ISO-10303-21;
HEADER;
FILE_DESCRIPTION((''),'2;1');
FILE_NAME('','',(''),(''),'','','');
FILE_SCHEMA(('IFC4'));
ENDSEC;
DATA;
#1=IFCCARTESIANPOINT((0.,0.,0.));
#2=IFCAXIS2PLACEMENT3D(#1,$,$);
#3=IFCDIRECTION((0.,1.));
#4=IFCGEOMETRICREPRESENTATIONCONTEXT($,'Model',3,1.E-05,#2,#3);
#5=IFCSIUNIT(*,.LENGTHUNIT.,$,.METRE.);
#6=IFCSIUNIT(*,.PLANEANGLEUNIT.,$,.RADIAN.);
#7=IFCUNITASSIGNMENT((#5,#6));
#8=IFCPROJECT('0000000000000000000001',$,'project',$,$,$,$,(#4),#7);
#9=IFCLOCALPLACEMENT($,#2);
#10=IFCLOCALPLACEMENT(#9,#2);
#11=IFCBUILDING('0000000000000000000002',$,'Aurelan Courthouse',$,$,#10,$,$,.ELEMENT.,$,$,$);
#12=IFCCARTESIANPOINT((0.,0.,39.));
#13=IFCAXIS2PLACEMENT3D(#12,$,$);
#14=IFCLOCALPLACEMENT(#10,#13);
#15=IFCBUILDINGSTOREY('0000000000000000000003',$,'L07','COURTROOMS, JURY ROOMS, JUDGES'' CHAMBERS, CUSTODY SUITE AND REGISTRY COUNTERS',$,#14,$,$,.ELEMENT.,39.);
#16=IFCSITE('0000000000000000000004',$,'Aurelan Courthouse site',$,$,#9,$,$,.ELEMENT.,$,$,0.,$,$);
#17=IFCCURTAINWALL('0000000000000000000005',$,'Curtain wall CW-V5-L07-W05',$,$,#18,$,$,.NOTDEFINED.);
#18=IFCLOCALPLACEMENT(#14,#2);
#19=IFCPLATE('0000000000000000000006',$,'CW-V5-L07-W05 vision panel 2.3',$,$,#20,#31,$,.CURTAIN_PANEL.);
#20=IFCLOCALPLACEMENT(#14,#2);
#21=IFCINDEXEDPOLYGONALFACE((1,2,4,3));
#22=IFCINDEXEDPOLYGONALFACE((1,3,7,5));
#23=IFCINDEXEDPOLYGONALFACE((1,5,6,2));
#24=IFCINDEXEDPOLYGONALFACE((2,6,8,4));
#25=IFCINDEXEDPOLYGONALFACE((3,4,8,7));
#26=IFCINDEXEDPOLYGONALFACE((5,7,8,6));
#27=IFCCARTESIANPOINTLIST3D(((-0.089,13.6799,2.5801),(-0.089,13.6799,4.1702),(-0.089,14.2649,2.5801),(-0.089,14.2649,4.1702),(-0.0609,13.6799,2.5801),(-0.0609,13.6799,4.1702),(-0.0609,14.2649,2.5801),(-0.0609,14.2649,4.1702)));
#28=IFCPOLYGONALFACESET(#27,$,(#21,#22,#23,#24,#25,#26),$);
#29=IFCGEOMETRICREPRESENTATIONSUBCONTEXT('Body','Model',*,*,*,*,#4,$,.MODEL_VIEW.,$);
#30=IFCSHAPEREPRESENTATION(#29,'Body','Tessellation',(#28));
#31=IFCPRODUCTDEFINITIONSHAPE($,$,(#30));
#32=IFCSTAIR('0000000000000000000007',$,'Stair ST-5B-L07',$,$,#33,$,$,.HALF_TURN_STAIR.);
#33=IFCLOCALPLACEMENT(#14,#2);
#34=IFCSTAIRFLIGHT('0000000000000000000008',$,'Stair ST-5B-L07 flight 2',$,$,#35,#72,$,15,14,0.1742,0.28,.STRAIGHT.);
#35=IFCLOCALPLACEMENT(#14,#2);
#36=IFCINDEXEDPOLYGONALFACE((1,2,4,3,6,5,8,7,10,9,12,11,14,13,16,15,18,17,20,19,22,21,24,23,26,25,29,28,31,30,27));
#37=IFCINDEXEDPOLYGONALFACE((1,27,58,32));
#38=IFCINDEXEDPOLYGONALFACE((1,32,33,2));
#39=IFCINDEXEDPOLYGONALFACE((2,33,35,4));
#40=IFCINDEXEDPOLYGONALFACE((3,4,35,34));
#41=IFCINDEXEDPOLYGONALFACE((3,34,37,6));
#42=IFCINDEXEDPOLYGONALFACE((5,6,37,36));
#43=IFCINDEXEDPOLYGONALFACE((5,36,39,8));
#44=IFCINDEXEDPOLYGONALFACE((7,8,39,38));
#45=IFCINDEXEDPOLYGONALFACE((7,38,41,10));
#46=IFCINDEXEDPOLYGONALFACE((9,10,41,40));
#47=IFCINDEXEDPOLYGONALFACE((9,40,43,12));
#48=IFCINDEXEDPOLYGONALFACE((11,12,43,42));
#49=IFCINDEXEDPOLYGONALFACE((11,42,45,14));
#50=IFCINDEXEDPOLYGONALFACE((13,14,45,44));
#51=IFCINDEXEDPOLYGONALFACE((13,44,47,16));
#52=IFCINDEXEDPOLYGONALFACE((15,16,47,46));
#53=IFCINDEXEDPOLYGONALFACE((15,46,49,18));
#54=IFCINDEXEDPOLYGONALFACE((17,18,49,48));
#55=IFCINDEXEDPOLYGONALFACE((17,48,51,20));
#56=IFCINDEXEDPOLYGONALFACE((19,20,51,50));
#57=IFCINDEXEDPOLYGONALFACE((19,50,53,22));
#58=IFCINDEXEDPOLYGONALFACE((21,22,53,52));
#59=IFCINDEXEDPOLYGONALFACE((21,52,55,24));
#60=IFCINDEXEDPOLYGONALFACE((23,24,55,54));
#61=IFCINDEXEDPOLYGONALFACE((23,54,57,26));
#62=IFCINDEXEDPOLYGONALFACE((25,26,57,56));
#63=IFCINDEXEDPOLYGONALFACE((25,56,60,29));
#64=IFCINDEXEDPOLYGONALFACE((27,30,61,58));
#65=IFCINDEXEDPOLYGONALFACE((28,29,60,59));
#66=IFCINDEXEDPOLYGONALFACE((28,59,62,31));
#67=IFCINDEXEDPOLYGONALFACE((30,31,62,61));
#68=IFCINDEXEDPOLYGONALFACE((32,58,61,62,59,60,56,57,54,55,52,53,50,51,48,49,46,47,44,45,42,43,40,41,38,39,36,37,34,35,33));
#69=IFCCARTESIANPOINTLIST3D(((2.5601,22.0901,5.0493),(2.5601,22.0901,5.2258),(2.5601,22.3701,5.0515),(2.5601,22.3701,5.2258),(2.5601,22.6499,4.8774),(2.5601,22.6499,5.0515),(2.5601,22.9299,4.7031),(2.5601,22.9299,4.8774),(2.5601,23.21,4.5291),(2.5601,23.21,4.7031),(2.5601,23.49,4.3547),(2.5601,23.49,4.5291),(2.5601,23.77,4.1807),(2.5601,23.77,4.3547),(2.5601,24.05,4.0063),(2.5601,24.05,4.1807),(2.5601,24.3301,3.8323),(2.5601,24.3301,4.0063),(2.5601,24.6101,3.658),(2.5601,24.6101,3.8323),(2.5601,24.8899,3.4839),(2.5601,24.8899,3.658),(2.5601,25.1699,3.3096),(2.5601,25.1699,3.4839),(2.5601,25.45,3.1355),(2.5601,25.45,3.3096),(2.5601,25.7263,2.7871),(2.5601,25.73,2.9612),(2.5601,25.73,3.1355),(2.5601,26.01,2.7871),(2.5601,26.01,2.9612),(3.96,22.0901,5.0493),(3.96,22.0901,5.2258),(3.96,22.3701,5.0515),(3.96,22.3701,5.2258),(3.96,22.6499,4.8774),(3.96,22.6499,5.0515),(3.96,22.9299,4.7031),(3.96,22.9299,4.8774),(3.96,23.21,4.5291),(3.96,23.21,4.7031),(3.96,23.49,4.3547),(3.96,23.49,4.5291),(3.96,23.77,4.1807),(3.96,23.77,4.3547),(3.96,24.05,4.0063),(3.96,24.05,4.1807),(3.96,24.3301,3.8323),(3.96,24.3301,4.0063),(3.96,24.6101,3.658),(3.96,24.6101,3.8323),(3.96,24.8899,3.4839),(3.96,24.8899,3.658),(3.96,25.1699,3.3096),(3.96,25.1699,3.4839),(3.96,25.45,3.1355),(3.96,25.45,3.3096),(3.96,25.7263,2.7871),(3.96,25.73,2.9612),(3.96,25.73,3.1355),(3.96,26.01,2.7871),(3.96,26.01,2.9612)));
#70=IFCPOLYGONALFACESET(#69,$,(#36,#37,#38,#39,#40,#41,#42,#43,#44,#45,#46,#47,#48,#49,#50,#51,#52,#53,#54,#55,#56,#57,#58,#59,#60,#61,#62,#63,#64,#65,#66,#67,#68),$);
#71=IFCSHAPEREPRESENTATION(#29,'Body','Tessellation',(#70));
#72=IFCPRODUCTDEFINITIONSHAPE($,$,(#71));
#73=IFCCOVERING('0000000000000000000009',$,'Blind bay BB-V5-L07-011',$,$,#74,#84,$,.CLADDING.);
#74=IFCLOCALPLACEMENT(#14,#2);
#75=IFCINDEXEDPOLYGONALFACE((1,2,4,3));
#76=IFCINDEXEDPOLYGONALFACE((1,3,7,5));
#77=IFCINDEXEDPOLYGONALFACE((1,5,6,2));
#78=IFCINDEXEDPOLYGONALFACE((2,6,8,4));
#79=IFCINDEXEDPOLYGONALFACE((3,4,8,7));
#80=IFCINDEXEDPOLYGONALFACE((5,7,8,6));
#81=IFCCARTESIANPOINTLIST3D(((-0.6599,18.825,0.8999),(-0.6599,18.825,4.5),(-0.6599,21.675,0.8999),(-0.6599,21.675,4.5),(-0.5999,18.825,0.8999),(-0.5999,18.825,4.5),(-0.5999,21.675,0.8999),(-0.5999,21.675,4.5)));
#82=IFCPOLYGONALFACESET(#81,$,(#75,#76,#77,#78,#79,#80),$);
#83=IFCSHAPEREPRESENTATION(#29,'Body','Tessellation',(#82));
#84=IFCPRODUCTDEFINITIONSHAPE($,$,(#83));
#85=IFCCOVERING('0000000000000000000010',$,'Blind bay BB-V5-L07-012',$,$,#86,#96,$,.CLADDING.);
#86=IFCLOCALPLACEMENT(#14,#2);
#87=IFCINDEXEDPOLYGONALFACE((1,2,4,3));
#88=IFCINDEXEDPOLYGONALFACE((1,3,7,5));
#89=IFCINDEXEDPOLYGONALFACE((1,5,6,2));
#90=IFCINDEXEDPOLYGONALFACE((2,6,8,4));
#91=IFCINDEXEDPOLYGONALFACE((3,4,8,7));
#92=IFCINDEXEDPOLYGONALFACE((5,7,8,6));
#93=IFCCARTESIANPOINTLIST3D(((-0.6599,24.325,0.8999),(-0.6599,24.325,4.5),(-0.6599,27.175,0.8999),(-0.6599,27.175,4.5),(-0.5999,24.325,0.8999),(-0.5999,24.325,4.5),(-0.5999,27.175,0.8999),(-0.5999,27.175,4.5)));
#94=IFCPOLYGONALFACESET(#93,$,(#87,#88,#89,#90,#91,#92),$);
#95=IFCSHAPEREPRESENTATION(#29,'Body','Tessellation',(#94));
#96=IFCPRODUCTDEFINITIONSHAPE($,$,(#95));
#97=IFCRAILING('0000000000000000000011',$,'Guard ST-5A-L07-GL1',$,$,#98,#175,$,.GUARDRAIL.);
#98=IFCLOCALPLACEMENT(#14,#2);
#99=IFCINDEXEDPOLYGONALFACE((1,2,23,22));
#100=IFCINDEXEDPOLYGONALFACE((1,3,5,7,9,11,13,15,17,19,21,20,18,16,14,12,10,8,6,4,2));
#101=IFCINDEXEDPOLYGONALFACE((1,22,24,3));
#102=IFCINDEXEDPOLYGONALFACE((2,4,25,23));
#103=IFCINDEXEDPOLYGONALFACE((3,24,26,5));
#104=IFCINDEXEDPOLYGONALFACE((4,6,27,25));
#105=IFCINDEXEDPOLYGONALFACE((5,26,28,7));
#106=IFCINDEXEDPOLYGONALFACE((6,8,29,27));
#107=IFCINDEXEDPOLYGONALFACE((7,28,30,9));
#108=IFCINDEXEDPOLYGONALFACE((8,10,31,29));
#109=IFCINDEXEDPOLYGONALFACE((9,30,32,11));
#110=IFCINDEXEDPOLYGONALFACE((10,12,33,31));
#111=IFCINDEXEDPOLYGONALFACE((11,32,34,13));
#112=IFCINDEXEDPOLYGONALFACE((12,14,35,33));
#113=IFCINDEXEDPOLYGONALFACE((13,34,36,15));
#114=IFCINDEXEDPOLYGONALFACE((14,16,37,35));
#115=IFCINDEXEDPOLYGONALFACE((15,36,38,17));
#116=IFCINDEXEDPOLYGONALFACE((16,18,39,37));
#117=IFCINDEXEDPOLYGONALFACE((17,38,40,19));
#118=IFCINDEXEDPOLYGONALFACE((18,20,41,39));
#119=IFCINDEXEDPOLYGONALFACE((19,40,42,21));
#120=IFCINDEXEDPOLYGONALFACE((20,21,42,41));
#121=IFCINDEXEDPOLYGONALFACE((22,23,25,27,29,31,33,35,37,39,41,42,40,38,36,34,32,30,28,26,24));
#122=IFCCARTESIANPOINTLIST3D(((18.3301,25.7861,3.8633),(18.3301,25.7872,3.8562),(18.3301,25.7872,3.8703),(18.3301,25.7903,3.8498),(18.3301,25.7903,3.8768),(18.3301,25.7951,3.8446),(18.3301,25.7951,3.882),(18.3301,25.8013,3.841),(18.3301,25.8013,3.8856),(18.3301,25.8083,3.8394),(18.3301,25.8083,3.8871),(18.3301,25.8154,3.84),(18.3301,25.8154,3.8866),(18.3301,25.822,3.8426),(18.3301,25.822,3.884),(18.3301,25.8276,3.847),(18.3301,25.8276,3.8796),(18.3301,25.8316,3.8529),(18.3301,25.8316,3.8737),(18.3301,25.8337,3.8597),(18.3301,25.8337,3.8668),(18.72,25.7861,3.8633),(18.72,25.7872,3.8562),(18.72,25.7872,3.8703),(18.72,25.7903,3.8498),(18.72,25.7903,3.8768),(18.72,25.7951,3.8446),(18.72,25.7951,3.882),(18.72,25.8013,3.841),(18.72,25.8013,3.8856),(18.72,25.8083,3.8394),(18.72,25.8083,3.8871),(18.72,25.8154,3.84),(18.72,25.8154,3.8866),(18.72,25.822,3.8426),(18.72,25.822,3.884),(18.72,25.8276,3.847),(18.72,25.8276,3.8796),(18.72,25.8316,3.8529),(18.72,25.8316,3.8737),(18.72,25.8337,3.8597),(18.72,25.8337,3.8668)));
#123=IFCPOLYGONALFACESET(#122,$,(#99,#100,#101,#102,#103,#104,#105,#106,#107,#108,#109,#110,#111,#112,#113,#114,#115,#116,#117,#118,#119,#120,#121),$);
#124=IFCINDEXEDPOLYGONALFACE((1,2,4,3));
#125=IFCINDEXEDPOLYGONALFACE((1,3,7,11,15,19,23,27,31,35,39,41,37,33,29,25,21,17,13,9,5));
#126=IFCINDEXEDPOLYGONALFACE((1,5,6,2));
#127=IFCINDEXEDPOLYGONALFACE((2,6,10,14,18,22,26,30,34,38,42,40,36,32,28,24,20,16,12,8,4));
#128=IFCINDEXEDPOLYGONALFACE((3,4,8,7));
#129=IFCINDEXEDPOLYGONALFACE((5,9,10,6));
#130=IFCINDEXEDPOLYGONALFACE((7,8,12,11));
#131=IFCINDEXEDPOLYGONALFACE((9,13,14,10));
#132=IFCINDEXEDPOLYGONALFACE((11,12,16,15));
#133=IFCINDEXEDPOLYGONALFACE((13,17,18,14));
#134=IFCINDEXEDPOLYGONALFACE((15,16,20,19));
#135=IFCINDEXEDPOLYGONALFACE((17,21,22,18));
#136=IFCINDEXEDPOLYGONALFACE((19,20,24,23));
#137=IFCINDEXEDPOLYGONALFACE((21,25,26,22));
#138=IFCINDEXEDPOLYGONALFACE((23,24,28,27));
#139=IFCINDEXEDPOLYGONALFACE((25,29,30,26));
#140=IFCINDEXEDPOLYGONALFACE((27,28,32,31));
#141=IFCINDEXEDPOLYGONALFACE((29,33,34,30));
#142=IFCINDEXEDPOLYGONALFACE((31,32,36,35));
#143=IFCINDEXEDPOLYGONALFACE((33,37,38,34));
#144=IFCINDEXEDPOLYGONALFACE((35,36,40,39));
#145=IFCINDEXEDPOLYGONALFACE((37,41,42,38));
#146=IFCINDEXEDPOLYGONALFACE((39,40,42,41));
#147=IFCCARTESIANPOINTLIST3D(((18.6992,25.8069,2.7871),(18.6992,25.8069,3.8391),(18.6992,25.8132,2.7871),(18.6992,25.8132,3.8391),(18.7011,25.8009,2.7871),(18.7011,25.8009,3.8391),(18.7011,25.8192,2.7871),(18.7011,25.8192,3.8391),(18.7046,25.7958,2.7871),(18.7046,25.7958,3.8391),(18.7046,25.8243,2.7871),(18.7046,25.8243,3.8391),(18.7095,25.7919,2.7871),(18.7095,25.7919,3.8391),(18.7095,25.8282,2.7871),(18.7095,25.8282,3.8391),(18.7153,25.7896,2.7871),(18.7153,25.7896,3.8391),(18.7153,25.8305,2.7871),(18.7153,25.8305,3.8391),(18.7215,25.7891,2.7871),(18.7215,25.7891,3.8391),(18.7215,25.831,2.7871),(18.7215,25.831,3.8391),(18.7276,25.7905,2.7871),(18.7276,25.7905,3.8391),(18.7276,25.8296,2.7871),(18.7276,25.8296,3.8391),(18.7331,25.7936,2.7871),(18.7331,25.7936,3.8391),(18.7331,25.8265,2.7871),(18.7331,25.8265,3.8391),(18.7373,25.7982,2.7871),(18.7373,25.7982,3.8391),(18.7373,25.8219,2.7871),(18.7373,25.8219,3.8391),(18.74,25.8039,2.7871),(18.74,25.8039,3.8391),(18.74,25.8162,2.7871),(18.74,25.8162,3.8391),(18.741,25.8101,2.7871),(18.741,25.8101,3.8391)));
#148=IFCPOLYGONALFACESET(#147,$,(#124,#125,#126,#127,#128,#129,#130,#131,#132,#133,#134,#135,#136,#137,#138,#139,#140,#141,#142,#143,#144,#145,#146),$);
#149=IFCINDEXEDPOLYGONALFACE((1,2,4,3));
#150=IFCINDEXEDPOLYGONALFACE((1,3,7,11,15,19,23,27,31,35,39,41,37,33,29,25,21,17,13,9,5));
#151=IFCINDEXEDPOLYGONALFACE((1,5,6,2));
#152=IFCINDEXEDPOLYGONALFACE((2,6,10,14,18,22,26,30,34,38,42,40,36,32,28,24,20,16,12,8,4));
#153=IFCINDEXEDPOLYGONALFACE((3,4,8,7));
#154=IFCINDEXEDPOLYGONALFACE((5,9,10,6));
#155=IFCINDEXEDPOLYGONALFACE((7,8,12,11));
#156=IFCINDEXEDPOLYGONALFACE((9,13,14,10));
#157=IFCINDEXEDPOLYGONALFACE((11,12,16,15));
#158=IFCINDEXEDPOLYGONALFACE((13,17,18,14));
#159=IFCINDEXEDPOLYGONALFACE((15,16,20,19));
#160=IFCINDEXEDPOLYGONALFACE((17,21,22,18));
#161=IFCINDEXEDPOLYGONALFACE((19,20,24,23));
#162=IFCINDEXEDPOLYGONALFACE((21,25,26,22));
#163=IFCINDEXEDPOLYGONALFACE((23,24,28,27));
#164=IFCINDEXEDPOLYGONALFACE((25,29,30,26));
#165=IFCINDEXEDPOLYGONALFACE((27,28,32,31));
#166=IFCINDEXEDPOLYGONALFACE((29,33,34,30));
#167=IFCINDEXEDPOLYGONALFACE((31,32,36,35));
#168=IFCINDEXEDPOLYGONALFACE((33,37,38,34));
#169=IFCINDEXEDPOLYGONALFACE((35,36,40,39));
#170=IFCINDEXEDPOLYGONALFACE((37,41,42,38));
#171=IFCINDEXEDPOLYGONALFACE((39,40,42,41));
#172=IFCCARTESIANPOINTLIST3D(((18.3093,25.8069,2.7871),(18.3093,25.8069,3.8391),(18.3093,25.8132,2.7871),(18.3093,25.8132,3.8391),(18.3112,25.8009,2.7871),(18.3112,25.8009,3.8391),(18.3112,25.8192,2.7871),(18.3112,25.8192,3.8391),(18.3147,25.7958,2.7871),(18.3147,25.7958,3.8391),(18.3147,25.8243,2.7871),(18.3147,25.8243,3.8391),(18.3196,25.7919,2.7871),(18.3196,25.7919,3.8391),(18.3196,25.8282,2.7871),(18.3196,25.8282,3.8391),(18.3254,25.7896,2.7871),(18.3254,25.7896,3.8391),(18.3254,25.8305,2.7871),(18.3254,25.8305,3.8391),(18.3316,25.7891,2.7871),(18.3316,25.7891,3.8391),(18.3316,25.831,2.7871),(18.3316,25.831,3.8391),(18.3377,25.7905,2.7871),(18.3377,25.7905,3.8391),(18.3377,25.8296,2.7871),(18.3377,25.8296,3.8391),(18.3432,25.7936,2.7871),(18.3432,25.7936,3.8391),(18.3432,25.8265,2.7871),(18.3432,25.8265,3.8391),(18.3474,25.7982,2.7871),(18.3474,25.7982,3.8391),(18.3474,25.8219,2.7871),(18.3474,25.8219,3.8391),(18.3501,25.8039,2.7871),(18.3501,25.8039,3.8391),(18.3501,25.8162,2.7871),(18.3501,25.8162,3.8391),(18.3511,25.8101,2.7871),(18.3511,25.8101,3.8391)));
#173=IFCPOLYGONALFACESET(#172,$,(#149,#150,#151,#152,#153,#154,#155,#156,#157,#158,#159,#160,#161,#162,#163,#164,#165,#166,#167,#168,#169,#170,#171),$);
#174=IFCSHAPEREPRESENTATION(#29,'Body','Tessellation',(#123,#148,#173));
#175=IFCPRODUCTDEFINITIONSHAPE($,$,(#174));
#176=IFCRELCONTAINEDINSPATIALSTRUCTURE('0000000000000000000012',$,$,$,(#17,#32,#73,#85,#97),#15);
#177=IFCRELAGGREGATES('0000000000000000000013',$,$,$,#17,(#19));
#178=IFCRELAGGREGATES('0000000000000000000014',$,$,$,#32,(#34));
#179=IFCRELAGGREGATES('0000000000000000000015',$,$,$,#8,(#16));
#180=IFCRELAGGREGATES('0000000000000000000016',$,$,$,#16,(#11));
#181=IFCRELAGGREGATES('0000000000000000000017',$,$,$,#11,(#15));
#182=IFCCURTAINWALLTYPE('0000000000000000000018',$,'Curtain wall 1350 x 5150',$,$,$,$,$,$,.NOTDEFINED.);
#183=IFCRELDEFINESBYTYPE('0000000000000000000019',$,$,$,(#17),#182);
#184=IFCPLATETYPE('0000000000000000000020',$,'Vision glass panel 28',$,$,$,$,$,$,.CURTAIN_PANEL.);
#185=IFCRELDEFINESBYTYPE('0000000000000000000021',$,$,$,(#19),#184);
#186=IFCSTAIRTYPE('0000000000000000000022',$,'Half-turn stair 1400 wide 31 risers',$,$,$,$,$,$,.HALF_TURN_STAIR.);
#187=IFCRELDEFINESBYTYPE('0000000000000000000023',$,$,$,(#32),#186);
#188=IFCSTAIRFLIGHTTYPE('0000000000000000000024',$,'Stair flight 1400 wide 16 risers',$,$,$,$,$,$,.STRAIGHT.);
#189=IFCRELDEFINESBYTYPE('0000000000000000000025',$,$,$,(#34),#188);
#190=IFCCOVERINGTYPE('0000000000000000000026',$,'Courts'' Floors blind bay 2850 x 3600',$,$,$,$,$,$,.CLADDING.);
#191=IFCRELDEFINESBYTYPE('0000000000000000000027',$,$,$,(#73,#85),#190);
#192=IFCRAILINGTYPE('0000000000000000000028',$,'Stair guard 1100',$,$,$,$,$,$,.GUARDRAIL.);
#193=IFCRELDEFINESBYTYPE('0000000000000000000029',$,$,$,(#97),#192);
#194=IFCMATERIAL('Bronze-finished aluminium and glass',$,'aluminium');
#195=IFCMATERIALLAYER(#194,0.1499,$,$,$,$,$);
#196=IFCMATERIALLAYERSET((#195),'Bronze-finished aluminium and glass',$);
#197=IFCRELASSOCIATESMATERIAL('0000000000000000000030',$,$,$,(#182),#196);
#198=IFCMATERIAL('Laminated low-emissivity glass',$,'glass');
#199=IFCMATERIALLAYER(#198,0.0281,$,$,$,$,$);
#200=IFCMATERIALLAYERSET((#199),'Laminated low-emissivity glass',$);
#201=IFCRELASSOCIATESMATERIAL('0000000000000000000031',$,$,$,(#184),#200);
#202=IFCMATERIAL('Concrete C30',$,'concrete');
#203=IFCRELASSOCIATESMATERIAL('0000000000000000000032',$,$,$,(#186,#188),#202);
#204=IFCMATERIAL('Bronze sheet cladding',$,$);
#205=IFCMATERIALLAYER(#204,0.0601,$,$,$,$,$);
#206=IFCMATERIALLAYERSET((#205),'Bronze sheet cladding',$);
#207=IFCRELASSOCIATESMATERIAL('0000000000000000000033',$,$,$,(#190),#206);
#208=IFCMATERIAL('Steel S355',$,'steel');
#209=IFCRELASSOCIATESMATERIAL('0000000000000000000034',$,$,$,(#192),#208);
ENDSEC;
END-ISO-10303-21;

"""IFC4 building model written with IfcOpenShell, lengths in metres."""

from ifc_helpers import new_model, si_unit, direction, frame, origin, origin_2d, place, context, subcontext, project, spatial, polyline, rectangle, circle, outline, extrude, material, layer, layer_set, type_object, element, aggregate, save


model = new_model("IFC4")

# Units and contexts
model_context = context("Model", 3, precision=1e-05, world=origin(), true_north=direction((0.0, 1.0)))
body_context = subcontext(model_context, "Body", "Model", "MODEL_VIEW")
ifc_project = project(units=[si_unit("LENGTHUNIT", "METRE"), si_unit("PLANEANGLEUNIT", "RADIAN")], contexts=[model_context])

# Site, building, storey
site_placement = place(None, origin())
site = spatial("IfcSite", under=ifc_project, at=site_placement, Name="Aurelan Courthouse site", CompositionType="ELEMENT", RefElevation=0.0)
building_placement = place(site_placement, origin())
building = spatial("IfcBuilding", under=site, at=building_placement, Name="Aurelan Courthouse", CompositionType="ELEMENT")
storey_placement = place(building_placement, frame((0.0, 0.0, 39.0)))
storey = spatial("IfcBuildingStorey", under=building, at=storey_placement, Name="L07", Description="COURTROOMS, JURY ROOMS, JUDGES' CHAMBERS, CUSTODY SUITE AND REGISTRY COUNTERS", CompositionType="ELEMENT", Elevation=39.0)

# Curtain wall, plate
ifc_material_1 = material(Name="Bronze-finished aluminium and glass", Category="aluminium")
ifc_layer_1 = layer(ifc_material_1, 0.1499)
ifc_layer_set_1 = layer_set([ifc_layer_1], Name="Bronze-finished aluminium and glass")
curtain_wall_type = type_object("IfcCurtainWallType", Name="Curtain wall 1350 x 5150", PredefinedType="NOTDEFINED", material=ifc_layer_set_1)
curtain_wall_placement = place(storey_placement, origin())
curtain_wall = element("IfcCurtainWall", 1, at=curtain_wall_placement, inside=storey, type_object=curtain_wall_type, Name="Curtain wall CW-V5-L07-W05", PredefinedType="NOTDEFINED")
ifc_material_2 = material(Name="Laminated low-emissivity glass", Category="glass")
ifc_layer_2 = layer(ifc_material_2, 0.0281)
ifc_layer_set_2 = layer_set([ifc_layer_2], Name="Laminated low-emissivity glass")
plate_type_1 = type_object("IfcPlateType", Name="Vision glass panel 28", PredefinedType="CURTAIN_PANEL", material=ifc_layer_set_2)
plate_1_placement = place(storey_placement, frame((-0.075, 13.9724, 2.5801), z_axis=(0.0, 0.0, 1.0), x_axis=(0.0, 1.0, 0.0)))
plate_1 = element("IfcPlate", 2, at=plate_1_placement, type_object=plate_type_1, Name="CW-V5-L07-W05 vision panel 2.3", PredefinedType="CURTAIN_PANEL", context=body_context, shape_type="SweptSolid", body=[
    extrude(rectangle(XDim=0.585, YDim=0.0281, at=origin_2d()), origin(), (0.0, 0.0, 1.0), 1.5901),
])
aggregate(curtain_wall, [plate_1])

# Stair, stair flight
ifc_material_3 = material(Name="Concrete C30", Category="concrete")
stair_type = type_object("IfcStairType", Name="Half-turn stair 1400 wide 31 risers", PredefinedType="HALF_TURN_STAIR", material=ifc_material_3)
stair_placement = place(storey_placement, origin())
stair = element("IfcStair", 3, at=stair_placement, inside=storey, type_object=stair_type, Name="Stair ST-5B-L07", PredefinedType="HALF_TURN_STAIR")
stair_flight_type = type_object("IfcStairFlightType", Name="Stair flight 1400 wide 16 risers", PredefinedType="STRAIGHT", material=ifc_material_3)
stair_flight_placement = place(storey_placement, frame((3.26, 26.01, 2.7871), z_axis=(0.0, 0.0, 1.0), x_axis=(0.0, -1.0, 0.0)))
stair_flight = element("IfcStairFlight", 4, at=stair_flight_placement, type_object=stair_flight_type, Name="Stair ST-5B-L07 flight 2", NumberOfRisers=15, NumberOfTreads=14, PredefinedType="STRAIGHT", RiserHeight=0.1742, TreadLength=0.28, context=body_context, shape_type="SweptSolid", body=[
    extrude(outline(polyline([(0.0, 0.0), (0.0, 0.1741), (0.28, 0.1741), (0.28, 0.3484), (0.5601, 0.3484), (0.5601, 0.5225), (0.8401, 0.5225), (0.8401, 0.6968), (1.1201, 0.6968), (1.1201, 0.8708), (1.3999, 0.8708), (1.3999, 1.0452), (1.6799, 1.0452), (1.6799, 1.2192), (1.96, 1.2192), (1.96, 1.3936), (2.24, 1.3936), (2.24, 1.5676), (2.52, 1.5676), (2.52, 1.7419), (2.8, 1.7419), (2.8, 1.916), (3.0801, 1.916), (3.0801, 2.0903), (3.3601, 2.0903), (3.3601, 2.2644), (3.6399, 2.2644), (3.6399, 2.4387), (3.9199, 2.4387), (3.9199, 2.6128), (3.9199, 2.2622), (0.2837, 0.0), (0.0, 0.0)])), frame((0.0, 0.7, 0.0), z_axis=(0.0, -1.0, 0.0), x_axis=(1.0, 0.0, 0.0)), (0.0, 0.0, 1.0), 1.3999),
])
aggregate(stair, [stair_flight])

# Coverings
ifc_material_4 = material(Name="Bronze sheet cladding")
ifc_layer_3 = layer(ifc_material_4, 0.0601)
ifc_layer_set_3 = layer_set([ifc_layer_3], Name="Bronze sheet cladding")
covering_type = type_object("IfcCoveringType", Name="Courts' Floors blind bay 2850 x 3600", PredefinedType="CLADDING", material=ifc_layer_set_3)
for number, where, z_axis, x_axis, name in (
    (5, (-0.6299, 20.25, 0.8999), (0.0, 0.0, 1.0), (1.0, 0.0, 0.0), "Blind bay BB-V5-L07-011"),
    (6, (-0.6299, 25.75, 0.8999), (0.0, 0.0, 1.0), (1.0, 0.0, 0.0), "Blind bay BB-V5-L07-012"),
):
    element("IfcCovering", number, at=place(storey_placement, frame(where, z_axis=z_axis, x_axis=x_axis)), inside=storey, type_object=covering_type, Name=name, PredefinedType="CLADDING", context=body_context, shape_type="SweptSolid", body=[
        extrude(rectangle(XDim=0.0601, YDim=2.8501, at=origin_2d()), origin(), (0.0, 0.0, 1.0), 3.6001),
    ])

# Railing
ifc_material_5 = material(Name="Steel S355", Category="steel")
railing_type_1 = type_object("IfcRailingType", Name="Stair guard 1100", PredefinedType="GUARDRAIL", material=ifc_material_5)
railing_1_placement = place(storey_placement, frame((18.72, 25.8101, 2.7871)))
element("IfcRailing", 7, at=railing_1_placement, inside=storey, type_object=railing_type_1, Name="Guard ST-5A-L07-GL1", PredefinedType="GUARDRAIL", context=body_context, shape_type="SweptSolid", body=[
    extrude(circle(Radius=0.0239, at=origin_2d()), frame((0.0, 0.0, 1.0762), z_axis=(-1.0, 0.0, 0.0), x_axis=(0.0, -1.0, 0.0)), (0.0, 0.0, 1.0), 0.3899),
    extrude(circle(Radius=0.021, at=origin_2d()), origin(), (0.0, 0.0, 1.0), 1.052),
    extrude(circle(Radius=0.021, at=origin_2d()), frame((-0.3899, 0.0, 0.0)), (0.0, 0.0, 1.0), 1.052),
])

save(model, "model.ifc")
